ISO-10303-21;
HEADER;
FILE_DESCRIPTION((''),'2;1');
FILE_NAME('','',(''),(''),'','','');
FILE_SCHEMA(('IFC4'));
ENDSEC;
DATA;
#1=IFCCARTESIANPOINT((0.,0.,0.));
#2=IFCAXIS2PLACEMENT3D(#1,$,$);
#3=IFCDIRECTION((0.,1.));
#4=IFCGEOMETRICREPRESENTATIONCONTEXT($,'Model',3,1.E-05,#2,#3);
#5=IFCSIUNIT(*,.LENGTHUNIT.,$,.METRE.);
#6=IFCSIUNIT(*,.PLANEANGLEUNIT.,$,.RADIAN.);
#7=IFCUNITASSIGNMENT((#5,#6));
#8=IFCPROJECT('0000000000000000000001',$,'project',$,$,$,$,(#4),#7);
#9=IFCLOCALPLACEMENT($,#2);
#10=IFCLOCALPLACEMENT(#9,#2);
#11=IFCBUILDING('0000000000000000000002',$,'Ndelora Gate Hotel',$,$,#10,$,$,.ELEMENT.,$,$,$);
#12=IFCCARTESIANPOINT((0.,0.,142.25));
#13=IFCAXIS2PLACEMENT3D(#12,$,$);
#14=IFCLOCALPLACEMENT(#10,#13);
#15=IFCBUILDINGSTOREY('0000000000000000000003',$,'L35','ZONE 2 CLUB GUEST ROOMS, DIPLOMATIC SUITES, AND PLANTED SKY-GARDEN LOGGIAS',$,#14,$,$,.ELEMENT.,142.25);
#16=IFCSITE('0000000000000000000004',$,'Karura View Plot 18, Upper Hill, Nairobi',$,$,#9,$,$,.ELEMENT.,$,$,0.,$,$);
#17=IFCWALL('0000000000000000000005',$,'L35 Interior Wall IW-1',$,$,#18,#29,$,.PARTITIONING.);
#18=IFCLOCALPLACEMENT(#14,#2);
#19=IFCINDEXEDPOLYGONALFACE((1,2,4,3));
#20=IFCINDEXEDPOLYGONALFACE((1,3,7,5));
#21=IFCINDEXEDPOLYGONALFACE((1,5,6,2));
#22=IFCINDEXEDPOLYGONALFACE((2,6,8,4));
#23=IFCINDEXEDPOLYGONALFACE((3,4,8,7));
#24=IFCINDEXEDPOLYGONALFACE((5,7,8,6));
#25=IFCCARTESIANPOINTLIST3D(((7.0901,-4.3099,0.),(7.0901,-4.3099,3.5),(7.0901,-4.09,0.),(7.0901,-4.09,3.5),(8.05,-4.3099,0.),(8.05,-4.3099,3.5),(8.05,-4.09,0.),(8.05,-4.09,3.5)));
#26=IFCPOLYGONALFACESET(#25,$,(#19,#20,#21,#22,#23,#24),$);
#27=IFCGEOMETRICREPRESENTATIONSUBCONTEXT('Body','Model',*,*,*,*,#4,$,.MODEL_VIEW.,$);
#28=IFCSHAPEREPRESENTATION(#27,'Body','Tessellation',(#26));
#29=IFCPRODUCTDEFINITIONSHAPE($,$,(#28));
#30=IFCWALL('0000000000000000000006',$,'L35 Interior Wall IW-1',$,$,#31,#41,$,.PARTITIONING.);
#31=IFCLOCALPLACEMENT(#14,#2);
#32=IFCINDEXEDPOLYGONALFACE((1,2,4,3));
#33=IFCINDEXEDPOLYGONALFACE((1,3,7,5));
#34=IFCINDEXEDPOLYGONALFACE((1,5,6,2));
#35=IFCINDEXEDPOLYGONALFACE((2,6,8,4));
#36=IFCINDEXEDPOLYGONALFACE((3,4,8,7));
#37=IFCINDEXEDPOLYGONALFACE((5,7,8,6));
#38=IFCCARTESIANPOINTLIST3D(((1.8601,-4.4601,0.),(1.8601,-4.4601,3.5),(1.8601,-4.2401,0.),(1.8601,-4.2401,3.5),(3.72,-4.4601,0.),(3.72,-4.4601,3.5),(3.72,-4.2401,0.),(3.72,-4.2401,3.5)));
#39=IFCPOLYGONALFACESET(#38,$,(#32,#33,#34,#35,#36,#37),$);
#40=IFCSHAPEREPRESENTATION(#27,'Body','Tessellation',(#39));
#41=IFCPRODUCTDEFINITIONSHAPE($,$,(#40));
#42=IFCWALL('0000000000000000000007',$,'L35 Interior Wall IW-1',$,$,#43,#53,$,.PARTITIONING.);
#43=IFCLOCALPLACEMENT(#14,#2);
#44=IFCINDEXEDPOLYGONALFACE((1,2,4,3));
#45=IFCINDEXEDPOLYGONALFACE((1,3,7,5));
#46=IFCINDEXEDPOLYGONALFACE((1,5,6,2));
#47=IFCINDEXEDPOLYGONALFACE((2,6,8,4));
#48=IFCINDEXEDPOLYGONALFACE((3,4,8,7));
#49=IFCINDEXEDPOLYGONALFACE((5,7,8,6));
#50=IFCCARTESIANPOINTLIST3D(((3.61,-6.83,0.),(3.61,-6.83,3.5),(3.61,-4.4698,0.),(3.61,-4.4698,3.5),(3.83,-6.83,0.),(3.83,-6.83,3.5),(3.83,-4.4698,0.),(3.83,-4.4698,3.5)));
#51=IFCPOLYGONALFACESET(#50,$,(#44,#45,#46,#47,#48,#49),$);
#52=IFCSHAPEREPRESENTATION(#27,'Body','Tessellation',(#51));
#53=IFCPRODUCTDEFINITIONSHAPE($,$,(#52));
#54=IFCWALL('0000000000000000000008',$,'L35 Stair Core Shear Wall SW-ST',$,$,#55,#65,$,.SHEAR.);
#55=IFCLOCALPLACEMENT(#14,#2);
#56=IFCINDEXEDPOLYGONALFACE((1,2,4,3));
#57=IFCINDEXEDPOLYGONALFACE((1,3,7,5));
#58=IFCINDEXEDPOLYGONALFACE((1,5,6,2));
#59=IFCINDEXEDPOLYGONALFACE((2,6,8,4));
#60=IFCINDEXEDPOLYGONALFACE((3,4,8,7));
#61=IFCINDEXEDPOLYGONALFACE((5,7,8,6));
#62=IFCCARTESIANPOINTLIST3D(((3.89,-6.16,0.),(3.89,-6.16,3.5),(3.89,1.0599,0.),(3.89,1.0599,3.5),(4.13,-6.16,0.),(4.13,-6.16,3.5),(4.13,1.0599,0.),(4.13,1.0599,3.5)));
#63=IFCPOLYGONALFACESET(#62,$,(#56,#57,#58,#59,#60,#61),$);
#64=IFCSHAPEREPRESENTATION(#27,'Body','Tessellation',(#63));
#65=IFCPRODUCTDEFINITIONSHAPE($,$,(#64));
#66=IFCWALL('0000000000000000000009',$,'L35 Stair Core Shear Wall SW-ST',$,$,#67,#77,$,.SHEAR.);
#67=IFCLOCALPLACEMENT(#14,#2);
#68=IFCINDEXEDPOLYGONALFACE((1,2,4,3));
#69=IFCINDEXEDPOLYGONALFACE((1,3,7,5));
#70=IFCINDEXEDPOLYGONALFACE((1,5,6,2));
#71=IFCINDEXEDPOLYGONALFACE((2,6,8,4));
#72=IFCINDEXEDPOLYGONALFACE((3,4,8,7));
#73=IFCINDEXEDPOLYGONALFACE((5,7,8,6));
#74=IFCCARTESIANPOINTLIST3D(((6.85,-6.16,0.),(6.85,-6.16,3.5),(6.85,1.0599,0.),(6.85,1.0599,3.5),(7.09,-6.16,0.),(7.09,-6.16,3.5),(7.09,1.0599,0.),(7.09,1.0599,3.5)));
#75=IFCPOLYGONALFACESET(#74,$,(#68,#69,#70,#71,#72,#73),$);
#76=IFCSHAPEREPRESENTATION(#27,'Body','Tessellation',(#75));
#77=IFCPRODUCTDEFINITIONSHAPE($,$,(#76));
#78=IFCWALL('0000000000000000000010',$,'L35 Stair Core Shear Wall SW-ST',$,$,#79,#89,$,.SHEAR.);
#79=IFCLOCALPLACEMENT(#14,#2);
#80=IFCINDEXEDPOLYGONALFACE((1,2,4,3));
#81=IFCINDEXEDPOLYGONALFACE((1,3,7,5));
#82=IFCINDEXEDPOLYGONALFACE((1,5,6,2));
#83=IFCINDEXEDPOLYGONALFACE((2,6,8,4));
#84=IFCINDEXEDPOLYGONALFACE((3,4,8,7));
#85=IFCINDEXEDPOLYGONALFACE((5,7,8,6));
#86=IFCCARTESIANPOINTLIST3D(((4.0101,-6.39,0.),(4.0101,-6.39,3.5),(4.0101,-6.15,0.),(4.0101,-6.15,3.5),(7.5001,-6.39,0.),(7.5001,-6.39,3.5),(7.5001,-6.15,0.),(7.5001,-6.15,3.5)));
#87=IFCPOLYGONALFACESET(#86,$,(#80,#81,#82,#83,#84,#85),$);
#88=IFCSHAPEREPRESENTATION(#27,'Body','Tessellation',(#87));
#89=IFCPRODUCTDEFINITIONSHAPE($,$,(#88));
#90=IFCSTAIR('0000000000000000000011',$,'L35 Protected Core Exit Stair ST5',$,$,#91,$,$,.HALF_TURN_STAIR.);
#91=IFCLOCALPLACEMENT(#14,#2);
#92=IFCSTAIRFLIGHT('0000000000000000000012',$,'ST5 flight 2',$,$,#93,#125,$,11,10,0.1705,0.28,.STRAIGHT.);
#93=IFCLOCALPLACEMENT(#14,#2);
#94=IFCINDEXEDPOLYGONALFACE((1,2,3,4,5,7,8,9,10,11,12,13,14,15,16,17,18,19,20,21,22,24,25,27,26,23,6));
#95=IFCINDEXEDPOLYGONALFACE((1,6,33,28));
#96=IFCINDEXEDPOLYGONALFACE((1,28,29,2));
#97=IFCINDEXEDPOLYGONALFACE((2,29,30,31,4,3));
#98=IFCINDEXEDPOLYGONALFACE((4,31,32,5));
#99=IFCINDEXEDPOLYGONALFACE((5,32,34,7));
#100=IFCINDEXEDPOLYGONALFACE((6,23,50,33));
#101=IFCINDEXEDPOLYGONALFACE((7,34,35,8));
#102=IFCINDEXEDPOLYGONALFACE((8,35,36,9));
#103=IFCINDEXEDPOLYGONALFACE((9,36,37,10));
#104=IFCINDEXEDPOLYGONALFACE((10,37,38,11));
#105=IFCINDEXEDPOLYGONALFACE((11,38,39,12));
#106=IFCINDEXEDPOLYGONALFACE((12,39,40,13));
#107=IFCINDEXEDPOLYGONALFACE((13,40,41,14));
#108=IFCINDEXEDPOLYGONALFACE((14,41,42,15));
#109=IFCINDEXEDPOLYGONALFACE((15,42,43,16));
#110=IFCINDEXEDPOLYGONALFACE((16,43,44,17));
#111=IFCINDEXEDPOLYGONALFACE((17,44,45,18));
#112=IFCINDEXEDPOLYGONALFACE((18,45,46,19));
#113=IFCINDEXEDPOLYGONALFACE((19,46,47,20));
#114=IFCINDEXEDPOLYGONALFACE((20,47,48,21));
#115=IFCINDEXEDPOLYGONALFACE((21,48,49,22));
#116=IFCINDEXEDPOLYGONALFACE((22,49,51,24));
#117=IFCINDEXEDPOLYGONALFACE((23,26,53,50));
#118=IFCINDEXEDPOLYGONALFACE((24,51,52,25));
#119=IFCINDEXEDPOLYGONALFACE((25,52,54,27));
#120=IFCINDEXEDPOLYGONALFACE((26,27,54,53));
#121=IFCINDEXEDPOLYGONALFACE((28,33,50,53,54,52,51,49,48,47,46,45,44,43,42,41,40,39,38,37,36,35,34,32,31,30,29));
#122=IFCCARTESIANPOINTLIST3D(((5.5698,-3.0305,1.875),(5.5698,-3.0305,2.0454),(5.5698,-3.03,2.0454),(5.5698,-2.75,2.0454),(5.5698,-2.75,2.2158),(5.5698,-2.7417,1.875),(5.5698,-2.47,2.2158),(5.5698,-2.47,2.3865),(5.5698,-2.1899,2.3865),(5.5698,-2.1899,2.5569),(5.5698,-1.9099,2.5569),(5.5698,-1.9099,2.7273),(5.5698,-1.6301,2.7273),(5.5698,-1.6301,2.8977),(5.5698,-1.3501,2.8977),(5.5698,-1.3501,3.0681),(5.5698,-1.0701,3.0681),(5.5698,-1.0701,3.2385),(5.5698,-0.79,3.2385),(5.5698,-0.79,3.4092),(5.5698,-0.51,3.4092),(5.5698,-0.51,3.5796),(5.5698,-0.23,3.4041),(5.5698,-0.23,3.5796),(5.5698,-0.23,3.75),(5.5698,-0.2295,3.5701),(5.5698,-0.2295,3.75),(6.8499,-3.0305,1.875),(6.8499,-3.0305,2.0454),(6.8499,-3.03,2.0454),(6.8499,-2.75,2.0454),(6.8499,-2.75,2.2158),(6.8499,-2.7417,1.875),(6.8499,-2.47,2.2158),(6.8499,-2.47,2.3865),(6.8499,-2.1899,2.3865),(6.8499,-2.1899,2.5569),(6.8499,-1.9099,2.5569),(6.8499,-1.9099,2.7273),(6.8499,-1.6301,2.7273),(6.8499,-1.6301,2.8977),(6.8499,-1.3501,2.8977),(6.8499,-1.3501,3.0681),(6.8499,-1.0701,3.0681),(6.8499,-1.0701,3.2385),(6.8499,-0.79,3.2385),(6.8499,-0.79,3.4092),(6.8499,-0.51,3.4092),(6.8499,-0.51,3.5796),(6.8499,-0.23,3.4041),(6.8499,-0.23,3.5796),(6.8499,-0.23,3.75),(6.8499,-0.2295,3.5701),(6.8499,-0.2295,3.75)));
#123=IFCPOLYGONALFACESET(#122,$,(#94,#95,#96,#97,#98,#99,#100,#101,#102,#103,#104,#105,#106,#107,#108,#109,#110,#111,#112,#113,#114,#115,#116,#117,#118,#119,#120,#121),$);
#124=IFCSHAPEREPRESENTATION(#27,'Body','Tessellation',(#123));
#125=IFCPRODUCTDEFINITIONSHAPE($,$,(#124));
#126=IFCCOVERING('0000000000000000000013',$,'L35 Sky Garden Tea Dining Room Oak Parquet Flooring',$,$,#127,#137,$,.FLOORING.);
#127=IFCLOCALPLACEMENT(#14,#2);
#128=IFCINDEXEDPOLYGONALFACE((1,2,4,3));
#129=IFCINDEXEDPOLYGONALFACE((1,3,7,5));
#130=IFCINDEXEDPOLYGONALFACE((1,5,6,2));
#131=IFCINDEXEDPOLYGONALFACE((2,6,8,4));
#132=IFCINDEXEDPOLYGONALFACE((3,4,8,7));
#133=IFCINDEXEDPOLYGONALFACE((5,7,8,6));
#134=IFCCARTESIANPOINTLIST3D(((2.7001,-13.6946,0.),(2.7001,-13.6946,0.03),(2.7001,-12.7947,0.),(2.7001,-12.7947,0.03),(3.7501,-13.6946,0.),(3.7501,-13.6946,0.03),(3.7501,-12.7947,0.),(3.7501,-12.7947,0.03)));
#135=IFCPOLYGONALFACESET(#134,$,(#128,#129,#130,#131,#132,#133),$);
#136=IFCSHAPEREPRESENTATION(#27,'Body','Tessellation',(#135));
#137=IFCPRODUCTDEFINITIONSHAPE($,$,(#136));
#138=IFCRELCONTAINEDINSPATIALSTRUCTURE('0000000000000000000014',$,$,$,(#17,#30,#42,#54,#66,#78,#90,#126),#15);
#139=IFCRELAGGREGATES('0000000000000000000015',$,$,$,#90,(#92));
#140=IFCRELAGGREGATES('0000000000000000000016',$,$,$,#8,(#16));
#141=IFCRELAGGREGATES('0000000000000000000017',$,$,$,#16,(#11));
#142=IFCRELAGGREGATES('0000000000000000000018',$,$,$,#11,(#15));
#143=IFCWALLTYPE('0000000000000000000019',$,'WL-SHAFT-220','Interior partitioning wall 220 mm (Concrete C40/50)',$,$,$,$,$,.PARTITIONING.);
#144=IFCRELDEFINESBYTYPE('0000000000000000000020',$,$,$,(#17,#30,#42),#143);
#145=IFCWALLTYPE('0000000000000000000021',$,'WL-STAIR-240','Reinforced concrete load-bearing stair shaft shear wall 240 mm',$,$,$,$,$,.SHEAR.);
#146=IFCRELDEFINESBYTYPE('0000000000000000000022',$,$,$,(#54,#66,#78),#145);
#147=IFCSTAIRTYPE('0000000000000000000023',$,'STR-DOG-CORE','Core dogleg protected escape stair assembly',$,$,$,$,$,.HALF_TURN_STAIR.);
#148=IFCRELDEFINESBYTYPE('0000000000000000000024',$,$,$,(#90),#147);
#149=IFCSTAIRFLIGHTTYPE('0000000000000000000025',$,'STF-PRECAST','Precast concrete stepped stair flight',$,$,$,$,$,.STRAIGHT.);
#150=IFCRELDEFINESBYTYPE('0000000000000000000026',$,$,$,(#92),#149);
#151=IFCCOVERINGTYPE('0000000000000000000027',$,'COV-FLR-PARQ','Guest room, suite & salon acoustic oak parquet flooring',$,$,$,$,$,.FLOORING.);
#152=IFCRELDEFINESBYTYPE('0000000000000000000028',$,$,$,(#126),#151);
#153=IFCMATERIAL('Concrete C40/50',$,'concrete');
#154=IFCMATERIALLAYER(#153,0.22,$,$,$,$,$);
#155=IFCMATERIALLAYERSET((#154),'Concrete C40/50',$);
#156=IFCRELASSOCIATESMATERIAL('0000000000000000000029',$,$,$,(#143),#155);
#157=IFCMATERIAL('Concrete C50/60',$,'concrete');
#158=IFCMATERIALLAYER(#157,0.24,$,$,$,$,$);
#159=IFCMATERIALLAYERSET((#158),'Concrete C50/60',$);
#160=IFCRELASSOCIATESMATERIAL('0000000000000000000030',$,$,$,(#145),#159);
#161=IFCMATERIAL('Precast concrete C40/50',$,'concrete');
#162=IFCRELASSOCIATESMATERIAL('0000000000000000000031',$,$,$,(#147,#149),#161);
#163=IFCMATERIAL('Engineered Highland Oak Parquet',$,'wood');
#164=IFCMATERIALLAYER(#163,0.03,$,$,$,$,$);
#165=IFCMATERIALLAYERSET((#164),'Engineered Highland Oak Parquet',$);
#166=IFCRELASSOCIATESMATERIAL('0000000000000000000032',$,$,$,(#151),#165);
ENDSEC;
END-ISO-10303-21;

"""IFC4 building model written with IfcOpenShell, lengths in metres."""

from ifc_helpers import new_model, si_unit, direction, frame, frame_2d, origin, origin_2d, place, context, subcontext, project, spatial, polyline, rectangle, outline, extrude, material, layer, layer_set, type_object, element, aggregate, save


model = new_model("IFC4")

# Units and contexts
model_context = context("Model", 3, precision=1e-05, world=origin(), true_north=direction((0.0, 1.0)))
body_context = subcontext(model_context, "Body", "Model", "MODEL_VIEW")
ifc_project = project(units=[si_unit("LENGTHUNIT", "METRE"), si_unit("PLANEANGLEUNIT", "RADIAN")], contexts=[model_context])

# Site, building, storey
site_placement = place(None, origin())
site = spatial("IfcSite", under=ifc_project, at=site_placement, Name="Karura View Plot 18, Upper Hill, Nairobi", CompositionType="ELEMENT", RefElevation=0.0)
building_placement = place(site_placement, origin())
building = spatial("IfcBuilding", under=site, at=building_placement, Name="Ndelora Gate Hotel", CompositionType="ELEMENT")
storey_placement = place(building_placement, frame((0.0, 0.0, 142.25)))
storey = spatial("IfcBuildingStorey", under=building, at=storey_placement, Name="L35", Description="ZONE 2 CLUB GUEST ROOMS, DIPLOMATIC SUITES, AND PLANTED SKY-GARDEN LOGGIAS", CompositionType="ELEMENT", Elevation=142.25)

# Walls
ifc_material_1 = material(Name="Concrete C40/50", Category="concrete")
ifc_layer_1 = layer(ifc_material_1, 0.22)
ifc_layer_set_1 = layer_set([ifc_layer_1], Name="Concrete C40/50")
wall_type_1 = type_object("IfcWallType", Name="WL-SHAFT-220", Description="Interior partitioning wall 220 mm (Concrete C40/50)", PredefinedType="PARTITIONING", material=ifc_layer_set_1)
wall_1_placement = place(storey_placement, frame((7.0901, -4.2, 0.0), z_axis=(0.0, 0.0, 1.0), x_axis=(1.0, 0.0, 0.0)))
element("IfcWall", 1, at=wall_1_placement, inside=storey, type_object=wall_type_1, Name="L35 Interior Wall IW-1", PredefinedType="PARTITIONING", context=body_context, shape_type="SweptSolid", body=[
    extrude(rectangle(XDim=0.96, YDim=0.22, at=frame_2d((0.48, 0.0))), origin(), (0.0, 0.0, 1.0), 3.5),
])
wall_2_placement = place(storey_placement, frame((1.8601, -4.3501, 0.0), z_axis=(0.0, 0.0, 1.0), x_axis=(1.0, 0.0, 0.0)))
element("IfcWall", 2, at=wall_2_placement, inside=storey, type_object=wall_type_1, Name="L35 Interior Wall IW-1", PredefinedType="PARTITIONING", context=body_context, shape_type="SweptSolid", body=[
    extrude(rectangle(XDim=1.8599, YDim=0.22, at=frame_2d((0.9299, 0.0))), origin(), (0.0, 0.0, 1.0), 3.5),
])
wall_3_placement = place(storey_placement, frame((3.72, -6.8301, 0.0), z_axis=(0.0, 0.0, 1.0), x_axis=(0.0, 1.0, 0.0)))
element("IfcWall", 3, at=wall_3_placement, inside=storey, type_object=wall_type_1, Name="L35 Interior Wall IW-1", PredefinedType="PARTITIONING", context=body_context, shape_type="SweptSolid", body=[
    extrude(rectangle(XDim=2.3601, YDim=0.22, at=frame_2d((1.1802, 0.0))), origin(), (0.0, 0.0, 1.0), 3.5),
])
ifc_material_2 = material(Name="Concrete C50/60", Category="concrete")
ifc_layer_2 = layer(ifc_material_2, 0.24)
ifc_layer_set_2 = layer_set([ifc_layer_2], Name="Concrete C50/60")
wall_type_2 = type_object("IfcWallType", Name="WL-STAIR-240", Description="Reinforced concrete load-bearing stair shaft shear wall 240 mm", PredefinedType="SHEAR", material=ifc_layer_set_2)
for number, where, z_axis, x_axis, name in (
    (4, (4.01, -6.1599, 0.0), (0.0, 0.0, 1.0), (0.0, 1.0, 0.0), "L35 Stair Core Shear Wall SW-ST"),
    (5, (6.97, -6.1599, 0.0), (0.0, 0.0, 1.0), (0.0, 1.0, 0.0), "L35 Stair Core Shear Wall SW-ST"),
):
    element("IfcWall", number, at=place(storey_placement, frame(where, z_axis=z_axis, x_axis=x_axis)), inside=storey, type_object=wall_type_2, Name=name, PredefinedType="SHEAR", context=body_context, shape_type="SweptSolid", body=[
        extrude(rectangle(XDim=7.22, YDim=0.24, at=frame_2d((3.6099, 0.0))), origin(), (0.0, 0.0, 1.0), 3.5),
    ])
wall_4_placement = place(storey_placement, frame((4.01, -6.27, 0.0), z_axis=(0.0, 0.0, 1.0), x_axis=(1.0, 0.0, 0.0)))
element("IfcWall", 6, at=wall_4_placement, inside=storey, type_object=wall_type_2, Name="L35 Stair Core Shear Wall SW-ST", PredefinedType="SHEAR", context=body_context, shape_type="SweptSolid", body=[
    extrude(rectangle(XDim=3.49, YDim=0.24, at=frame_2d((1.7451, 0.0))), origin(), (0.0, 0.0, 1.0), 3.5),
])

# Stair, stair flight
ifc_material_3 = material(Name="Precast concrete C40/50", Category="concrete")
stair_type = type_object("IfcStairType", Name="STR-DOG-CORE", Description="Core dogleg protected escape stair assembly", PredefinedType="HALF_TURN_STAIR", material=ifc_material_3)
stair_placement = place(storey_placement, origin())
stair = element("IfcStair", 7, at=stair_placement, inside=storey, type_object=stair_type, Name="L35 Protected Core Exit Stair ST5", PredefinedType="HALF_TURN_STAIR")
stair_flight_type = type_object("IfcStairFlightType", Name="STF-PRECAST", Description="Precast concrete stepped stair flight", PredefinedType="STRAIGHT", material=ifc_material_3)
stair_flight_placement = place(storey_placement, frame((6.21, -3.03, 1.875), z_axis=(0.0, 0.0, 1.0), x_axis=(0.0, 1.0, 0.0)))
stair_flight = element("IfcStairFlight", 8, at=stair_flight_placement, type_object=stair_flight_type, Name="ST5 flight 2", NumberOfRisers=11, NumberOfTreads=10, PredefinedType="STRAIGHT", RiserHeight=0.1705, TreadLength=0.28, context=body_context, shape_type="SweptSolid", body=[
    extrude(outline(polyline([(-0.0005, 0.0), (-0.0005, 0.1704), (0.0, 0.1704), (0.28, 0.1704), (0.28, 0.3408), (0.5601, 0.3408), (0.5601, 0.5115), (0.8401, 0.5115), (0.8401, 0.6819), (1.1201, 0.6819), (1.1201, 0.8523), (1.3999, 0.8523), (1.3999, 1.0227), (1.6799, 1.0227), (1.6799, 1.1931), (1.96, 1.1931), (1.96, 1.3635), (2.24, 1.3635), (2.24, 1.5342), (2.52, 1.5342), (2.52, 1.7046), (2.8, 1.7046), (2.8, 1.875), (2.8005, 1.875), (2.8005, 1.6951), (2.8, 1.5291), (0.2883, 0.0), (-0.0005, 0.0)])), frame((0.0, 0.6401, 0.0), z_axis=(0.0, -1.0, 0.0), x_axis=(1.0, 0.0, 0.0)), (0.0, 0.0, 1.0), 1.28),
])
aggregate(stair, [stair_flight])

# Covering
ifc_material_4 = material(Name="Engineered Highland Oak Parquet", Category="wood")
ifc_layer_3 = layer(ifc_material_4, 0.03)
ifc_layer_set_3 = layer_set([ifc_layer_3], Name="Engineered Highland Oak Parquet")
covering_type = type_object("IfcCoveringType", Name="COV-FLR-PARQ", Description="Guest room, suite & salon acoustic oak parquet flooring", PredefinedType="FLOORING", material=ifc_layer_set_3)
covering_placement = place(storey_placement, frame((3.2251, -13.2446, 0.0), z_axis=(0.0, 0.0, 1.0), x_axis=(1.0, 0.0, 0.0)))
element("IfcCovering", 9, at=covering_placement, inside=storey, type_object=covering_type, Name="L35 Sky Garden Tea Dining Room Oak Parquet Flooring", PredefinedType="FLOORING", context=body_context, shape_type="SweptSolid", body=[
    extrude(rectangle(XDim=1.05, YDim=0.8999, at=origin_2d()), origin(), (0.0, 0.0, 1.0), 0.03),
])

save(model, "model.ifc")
